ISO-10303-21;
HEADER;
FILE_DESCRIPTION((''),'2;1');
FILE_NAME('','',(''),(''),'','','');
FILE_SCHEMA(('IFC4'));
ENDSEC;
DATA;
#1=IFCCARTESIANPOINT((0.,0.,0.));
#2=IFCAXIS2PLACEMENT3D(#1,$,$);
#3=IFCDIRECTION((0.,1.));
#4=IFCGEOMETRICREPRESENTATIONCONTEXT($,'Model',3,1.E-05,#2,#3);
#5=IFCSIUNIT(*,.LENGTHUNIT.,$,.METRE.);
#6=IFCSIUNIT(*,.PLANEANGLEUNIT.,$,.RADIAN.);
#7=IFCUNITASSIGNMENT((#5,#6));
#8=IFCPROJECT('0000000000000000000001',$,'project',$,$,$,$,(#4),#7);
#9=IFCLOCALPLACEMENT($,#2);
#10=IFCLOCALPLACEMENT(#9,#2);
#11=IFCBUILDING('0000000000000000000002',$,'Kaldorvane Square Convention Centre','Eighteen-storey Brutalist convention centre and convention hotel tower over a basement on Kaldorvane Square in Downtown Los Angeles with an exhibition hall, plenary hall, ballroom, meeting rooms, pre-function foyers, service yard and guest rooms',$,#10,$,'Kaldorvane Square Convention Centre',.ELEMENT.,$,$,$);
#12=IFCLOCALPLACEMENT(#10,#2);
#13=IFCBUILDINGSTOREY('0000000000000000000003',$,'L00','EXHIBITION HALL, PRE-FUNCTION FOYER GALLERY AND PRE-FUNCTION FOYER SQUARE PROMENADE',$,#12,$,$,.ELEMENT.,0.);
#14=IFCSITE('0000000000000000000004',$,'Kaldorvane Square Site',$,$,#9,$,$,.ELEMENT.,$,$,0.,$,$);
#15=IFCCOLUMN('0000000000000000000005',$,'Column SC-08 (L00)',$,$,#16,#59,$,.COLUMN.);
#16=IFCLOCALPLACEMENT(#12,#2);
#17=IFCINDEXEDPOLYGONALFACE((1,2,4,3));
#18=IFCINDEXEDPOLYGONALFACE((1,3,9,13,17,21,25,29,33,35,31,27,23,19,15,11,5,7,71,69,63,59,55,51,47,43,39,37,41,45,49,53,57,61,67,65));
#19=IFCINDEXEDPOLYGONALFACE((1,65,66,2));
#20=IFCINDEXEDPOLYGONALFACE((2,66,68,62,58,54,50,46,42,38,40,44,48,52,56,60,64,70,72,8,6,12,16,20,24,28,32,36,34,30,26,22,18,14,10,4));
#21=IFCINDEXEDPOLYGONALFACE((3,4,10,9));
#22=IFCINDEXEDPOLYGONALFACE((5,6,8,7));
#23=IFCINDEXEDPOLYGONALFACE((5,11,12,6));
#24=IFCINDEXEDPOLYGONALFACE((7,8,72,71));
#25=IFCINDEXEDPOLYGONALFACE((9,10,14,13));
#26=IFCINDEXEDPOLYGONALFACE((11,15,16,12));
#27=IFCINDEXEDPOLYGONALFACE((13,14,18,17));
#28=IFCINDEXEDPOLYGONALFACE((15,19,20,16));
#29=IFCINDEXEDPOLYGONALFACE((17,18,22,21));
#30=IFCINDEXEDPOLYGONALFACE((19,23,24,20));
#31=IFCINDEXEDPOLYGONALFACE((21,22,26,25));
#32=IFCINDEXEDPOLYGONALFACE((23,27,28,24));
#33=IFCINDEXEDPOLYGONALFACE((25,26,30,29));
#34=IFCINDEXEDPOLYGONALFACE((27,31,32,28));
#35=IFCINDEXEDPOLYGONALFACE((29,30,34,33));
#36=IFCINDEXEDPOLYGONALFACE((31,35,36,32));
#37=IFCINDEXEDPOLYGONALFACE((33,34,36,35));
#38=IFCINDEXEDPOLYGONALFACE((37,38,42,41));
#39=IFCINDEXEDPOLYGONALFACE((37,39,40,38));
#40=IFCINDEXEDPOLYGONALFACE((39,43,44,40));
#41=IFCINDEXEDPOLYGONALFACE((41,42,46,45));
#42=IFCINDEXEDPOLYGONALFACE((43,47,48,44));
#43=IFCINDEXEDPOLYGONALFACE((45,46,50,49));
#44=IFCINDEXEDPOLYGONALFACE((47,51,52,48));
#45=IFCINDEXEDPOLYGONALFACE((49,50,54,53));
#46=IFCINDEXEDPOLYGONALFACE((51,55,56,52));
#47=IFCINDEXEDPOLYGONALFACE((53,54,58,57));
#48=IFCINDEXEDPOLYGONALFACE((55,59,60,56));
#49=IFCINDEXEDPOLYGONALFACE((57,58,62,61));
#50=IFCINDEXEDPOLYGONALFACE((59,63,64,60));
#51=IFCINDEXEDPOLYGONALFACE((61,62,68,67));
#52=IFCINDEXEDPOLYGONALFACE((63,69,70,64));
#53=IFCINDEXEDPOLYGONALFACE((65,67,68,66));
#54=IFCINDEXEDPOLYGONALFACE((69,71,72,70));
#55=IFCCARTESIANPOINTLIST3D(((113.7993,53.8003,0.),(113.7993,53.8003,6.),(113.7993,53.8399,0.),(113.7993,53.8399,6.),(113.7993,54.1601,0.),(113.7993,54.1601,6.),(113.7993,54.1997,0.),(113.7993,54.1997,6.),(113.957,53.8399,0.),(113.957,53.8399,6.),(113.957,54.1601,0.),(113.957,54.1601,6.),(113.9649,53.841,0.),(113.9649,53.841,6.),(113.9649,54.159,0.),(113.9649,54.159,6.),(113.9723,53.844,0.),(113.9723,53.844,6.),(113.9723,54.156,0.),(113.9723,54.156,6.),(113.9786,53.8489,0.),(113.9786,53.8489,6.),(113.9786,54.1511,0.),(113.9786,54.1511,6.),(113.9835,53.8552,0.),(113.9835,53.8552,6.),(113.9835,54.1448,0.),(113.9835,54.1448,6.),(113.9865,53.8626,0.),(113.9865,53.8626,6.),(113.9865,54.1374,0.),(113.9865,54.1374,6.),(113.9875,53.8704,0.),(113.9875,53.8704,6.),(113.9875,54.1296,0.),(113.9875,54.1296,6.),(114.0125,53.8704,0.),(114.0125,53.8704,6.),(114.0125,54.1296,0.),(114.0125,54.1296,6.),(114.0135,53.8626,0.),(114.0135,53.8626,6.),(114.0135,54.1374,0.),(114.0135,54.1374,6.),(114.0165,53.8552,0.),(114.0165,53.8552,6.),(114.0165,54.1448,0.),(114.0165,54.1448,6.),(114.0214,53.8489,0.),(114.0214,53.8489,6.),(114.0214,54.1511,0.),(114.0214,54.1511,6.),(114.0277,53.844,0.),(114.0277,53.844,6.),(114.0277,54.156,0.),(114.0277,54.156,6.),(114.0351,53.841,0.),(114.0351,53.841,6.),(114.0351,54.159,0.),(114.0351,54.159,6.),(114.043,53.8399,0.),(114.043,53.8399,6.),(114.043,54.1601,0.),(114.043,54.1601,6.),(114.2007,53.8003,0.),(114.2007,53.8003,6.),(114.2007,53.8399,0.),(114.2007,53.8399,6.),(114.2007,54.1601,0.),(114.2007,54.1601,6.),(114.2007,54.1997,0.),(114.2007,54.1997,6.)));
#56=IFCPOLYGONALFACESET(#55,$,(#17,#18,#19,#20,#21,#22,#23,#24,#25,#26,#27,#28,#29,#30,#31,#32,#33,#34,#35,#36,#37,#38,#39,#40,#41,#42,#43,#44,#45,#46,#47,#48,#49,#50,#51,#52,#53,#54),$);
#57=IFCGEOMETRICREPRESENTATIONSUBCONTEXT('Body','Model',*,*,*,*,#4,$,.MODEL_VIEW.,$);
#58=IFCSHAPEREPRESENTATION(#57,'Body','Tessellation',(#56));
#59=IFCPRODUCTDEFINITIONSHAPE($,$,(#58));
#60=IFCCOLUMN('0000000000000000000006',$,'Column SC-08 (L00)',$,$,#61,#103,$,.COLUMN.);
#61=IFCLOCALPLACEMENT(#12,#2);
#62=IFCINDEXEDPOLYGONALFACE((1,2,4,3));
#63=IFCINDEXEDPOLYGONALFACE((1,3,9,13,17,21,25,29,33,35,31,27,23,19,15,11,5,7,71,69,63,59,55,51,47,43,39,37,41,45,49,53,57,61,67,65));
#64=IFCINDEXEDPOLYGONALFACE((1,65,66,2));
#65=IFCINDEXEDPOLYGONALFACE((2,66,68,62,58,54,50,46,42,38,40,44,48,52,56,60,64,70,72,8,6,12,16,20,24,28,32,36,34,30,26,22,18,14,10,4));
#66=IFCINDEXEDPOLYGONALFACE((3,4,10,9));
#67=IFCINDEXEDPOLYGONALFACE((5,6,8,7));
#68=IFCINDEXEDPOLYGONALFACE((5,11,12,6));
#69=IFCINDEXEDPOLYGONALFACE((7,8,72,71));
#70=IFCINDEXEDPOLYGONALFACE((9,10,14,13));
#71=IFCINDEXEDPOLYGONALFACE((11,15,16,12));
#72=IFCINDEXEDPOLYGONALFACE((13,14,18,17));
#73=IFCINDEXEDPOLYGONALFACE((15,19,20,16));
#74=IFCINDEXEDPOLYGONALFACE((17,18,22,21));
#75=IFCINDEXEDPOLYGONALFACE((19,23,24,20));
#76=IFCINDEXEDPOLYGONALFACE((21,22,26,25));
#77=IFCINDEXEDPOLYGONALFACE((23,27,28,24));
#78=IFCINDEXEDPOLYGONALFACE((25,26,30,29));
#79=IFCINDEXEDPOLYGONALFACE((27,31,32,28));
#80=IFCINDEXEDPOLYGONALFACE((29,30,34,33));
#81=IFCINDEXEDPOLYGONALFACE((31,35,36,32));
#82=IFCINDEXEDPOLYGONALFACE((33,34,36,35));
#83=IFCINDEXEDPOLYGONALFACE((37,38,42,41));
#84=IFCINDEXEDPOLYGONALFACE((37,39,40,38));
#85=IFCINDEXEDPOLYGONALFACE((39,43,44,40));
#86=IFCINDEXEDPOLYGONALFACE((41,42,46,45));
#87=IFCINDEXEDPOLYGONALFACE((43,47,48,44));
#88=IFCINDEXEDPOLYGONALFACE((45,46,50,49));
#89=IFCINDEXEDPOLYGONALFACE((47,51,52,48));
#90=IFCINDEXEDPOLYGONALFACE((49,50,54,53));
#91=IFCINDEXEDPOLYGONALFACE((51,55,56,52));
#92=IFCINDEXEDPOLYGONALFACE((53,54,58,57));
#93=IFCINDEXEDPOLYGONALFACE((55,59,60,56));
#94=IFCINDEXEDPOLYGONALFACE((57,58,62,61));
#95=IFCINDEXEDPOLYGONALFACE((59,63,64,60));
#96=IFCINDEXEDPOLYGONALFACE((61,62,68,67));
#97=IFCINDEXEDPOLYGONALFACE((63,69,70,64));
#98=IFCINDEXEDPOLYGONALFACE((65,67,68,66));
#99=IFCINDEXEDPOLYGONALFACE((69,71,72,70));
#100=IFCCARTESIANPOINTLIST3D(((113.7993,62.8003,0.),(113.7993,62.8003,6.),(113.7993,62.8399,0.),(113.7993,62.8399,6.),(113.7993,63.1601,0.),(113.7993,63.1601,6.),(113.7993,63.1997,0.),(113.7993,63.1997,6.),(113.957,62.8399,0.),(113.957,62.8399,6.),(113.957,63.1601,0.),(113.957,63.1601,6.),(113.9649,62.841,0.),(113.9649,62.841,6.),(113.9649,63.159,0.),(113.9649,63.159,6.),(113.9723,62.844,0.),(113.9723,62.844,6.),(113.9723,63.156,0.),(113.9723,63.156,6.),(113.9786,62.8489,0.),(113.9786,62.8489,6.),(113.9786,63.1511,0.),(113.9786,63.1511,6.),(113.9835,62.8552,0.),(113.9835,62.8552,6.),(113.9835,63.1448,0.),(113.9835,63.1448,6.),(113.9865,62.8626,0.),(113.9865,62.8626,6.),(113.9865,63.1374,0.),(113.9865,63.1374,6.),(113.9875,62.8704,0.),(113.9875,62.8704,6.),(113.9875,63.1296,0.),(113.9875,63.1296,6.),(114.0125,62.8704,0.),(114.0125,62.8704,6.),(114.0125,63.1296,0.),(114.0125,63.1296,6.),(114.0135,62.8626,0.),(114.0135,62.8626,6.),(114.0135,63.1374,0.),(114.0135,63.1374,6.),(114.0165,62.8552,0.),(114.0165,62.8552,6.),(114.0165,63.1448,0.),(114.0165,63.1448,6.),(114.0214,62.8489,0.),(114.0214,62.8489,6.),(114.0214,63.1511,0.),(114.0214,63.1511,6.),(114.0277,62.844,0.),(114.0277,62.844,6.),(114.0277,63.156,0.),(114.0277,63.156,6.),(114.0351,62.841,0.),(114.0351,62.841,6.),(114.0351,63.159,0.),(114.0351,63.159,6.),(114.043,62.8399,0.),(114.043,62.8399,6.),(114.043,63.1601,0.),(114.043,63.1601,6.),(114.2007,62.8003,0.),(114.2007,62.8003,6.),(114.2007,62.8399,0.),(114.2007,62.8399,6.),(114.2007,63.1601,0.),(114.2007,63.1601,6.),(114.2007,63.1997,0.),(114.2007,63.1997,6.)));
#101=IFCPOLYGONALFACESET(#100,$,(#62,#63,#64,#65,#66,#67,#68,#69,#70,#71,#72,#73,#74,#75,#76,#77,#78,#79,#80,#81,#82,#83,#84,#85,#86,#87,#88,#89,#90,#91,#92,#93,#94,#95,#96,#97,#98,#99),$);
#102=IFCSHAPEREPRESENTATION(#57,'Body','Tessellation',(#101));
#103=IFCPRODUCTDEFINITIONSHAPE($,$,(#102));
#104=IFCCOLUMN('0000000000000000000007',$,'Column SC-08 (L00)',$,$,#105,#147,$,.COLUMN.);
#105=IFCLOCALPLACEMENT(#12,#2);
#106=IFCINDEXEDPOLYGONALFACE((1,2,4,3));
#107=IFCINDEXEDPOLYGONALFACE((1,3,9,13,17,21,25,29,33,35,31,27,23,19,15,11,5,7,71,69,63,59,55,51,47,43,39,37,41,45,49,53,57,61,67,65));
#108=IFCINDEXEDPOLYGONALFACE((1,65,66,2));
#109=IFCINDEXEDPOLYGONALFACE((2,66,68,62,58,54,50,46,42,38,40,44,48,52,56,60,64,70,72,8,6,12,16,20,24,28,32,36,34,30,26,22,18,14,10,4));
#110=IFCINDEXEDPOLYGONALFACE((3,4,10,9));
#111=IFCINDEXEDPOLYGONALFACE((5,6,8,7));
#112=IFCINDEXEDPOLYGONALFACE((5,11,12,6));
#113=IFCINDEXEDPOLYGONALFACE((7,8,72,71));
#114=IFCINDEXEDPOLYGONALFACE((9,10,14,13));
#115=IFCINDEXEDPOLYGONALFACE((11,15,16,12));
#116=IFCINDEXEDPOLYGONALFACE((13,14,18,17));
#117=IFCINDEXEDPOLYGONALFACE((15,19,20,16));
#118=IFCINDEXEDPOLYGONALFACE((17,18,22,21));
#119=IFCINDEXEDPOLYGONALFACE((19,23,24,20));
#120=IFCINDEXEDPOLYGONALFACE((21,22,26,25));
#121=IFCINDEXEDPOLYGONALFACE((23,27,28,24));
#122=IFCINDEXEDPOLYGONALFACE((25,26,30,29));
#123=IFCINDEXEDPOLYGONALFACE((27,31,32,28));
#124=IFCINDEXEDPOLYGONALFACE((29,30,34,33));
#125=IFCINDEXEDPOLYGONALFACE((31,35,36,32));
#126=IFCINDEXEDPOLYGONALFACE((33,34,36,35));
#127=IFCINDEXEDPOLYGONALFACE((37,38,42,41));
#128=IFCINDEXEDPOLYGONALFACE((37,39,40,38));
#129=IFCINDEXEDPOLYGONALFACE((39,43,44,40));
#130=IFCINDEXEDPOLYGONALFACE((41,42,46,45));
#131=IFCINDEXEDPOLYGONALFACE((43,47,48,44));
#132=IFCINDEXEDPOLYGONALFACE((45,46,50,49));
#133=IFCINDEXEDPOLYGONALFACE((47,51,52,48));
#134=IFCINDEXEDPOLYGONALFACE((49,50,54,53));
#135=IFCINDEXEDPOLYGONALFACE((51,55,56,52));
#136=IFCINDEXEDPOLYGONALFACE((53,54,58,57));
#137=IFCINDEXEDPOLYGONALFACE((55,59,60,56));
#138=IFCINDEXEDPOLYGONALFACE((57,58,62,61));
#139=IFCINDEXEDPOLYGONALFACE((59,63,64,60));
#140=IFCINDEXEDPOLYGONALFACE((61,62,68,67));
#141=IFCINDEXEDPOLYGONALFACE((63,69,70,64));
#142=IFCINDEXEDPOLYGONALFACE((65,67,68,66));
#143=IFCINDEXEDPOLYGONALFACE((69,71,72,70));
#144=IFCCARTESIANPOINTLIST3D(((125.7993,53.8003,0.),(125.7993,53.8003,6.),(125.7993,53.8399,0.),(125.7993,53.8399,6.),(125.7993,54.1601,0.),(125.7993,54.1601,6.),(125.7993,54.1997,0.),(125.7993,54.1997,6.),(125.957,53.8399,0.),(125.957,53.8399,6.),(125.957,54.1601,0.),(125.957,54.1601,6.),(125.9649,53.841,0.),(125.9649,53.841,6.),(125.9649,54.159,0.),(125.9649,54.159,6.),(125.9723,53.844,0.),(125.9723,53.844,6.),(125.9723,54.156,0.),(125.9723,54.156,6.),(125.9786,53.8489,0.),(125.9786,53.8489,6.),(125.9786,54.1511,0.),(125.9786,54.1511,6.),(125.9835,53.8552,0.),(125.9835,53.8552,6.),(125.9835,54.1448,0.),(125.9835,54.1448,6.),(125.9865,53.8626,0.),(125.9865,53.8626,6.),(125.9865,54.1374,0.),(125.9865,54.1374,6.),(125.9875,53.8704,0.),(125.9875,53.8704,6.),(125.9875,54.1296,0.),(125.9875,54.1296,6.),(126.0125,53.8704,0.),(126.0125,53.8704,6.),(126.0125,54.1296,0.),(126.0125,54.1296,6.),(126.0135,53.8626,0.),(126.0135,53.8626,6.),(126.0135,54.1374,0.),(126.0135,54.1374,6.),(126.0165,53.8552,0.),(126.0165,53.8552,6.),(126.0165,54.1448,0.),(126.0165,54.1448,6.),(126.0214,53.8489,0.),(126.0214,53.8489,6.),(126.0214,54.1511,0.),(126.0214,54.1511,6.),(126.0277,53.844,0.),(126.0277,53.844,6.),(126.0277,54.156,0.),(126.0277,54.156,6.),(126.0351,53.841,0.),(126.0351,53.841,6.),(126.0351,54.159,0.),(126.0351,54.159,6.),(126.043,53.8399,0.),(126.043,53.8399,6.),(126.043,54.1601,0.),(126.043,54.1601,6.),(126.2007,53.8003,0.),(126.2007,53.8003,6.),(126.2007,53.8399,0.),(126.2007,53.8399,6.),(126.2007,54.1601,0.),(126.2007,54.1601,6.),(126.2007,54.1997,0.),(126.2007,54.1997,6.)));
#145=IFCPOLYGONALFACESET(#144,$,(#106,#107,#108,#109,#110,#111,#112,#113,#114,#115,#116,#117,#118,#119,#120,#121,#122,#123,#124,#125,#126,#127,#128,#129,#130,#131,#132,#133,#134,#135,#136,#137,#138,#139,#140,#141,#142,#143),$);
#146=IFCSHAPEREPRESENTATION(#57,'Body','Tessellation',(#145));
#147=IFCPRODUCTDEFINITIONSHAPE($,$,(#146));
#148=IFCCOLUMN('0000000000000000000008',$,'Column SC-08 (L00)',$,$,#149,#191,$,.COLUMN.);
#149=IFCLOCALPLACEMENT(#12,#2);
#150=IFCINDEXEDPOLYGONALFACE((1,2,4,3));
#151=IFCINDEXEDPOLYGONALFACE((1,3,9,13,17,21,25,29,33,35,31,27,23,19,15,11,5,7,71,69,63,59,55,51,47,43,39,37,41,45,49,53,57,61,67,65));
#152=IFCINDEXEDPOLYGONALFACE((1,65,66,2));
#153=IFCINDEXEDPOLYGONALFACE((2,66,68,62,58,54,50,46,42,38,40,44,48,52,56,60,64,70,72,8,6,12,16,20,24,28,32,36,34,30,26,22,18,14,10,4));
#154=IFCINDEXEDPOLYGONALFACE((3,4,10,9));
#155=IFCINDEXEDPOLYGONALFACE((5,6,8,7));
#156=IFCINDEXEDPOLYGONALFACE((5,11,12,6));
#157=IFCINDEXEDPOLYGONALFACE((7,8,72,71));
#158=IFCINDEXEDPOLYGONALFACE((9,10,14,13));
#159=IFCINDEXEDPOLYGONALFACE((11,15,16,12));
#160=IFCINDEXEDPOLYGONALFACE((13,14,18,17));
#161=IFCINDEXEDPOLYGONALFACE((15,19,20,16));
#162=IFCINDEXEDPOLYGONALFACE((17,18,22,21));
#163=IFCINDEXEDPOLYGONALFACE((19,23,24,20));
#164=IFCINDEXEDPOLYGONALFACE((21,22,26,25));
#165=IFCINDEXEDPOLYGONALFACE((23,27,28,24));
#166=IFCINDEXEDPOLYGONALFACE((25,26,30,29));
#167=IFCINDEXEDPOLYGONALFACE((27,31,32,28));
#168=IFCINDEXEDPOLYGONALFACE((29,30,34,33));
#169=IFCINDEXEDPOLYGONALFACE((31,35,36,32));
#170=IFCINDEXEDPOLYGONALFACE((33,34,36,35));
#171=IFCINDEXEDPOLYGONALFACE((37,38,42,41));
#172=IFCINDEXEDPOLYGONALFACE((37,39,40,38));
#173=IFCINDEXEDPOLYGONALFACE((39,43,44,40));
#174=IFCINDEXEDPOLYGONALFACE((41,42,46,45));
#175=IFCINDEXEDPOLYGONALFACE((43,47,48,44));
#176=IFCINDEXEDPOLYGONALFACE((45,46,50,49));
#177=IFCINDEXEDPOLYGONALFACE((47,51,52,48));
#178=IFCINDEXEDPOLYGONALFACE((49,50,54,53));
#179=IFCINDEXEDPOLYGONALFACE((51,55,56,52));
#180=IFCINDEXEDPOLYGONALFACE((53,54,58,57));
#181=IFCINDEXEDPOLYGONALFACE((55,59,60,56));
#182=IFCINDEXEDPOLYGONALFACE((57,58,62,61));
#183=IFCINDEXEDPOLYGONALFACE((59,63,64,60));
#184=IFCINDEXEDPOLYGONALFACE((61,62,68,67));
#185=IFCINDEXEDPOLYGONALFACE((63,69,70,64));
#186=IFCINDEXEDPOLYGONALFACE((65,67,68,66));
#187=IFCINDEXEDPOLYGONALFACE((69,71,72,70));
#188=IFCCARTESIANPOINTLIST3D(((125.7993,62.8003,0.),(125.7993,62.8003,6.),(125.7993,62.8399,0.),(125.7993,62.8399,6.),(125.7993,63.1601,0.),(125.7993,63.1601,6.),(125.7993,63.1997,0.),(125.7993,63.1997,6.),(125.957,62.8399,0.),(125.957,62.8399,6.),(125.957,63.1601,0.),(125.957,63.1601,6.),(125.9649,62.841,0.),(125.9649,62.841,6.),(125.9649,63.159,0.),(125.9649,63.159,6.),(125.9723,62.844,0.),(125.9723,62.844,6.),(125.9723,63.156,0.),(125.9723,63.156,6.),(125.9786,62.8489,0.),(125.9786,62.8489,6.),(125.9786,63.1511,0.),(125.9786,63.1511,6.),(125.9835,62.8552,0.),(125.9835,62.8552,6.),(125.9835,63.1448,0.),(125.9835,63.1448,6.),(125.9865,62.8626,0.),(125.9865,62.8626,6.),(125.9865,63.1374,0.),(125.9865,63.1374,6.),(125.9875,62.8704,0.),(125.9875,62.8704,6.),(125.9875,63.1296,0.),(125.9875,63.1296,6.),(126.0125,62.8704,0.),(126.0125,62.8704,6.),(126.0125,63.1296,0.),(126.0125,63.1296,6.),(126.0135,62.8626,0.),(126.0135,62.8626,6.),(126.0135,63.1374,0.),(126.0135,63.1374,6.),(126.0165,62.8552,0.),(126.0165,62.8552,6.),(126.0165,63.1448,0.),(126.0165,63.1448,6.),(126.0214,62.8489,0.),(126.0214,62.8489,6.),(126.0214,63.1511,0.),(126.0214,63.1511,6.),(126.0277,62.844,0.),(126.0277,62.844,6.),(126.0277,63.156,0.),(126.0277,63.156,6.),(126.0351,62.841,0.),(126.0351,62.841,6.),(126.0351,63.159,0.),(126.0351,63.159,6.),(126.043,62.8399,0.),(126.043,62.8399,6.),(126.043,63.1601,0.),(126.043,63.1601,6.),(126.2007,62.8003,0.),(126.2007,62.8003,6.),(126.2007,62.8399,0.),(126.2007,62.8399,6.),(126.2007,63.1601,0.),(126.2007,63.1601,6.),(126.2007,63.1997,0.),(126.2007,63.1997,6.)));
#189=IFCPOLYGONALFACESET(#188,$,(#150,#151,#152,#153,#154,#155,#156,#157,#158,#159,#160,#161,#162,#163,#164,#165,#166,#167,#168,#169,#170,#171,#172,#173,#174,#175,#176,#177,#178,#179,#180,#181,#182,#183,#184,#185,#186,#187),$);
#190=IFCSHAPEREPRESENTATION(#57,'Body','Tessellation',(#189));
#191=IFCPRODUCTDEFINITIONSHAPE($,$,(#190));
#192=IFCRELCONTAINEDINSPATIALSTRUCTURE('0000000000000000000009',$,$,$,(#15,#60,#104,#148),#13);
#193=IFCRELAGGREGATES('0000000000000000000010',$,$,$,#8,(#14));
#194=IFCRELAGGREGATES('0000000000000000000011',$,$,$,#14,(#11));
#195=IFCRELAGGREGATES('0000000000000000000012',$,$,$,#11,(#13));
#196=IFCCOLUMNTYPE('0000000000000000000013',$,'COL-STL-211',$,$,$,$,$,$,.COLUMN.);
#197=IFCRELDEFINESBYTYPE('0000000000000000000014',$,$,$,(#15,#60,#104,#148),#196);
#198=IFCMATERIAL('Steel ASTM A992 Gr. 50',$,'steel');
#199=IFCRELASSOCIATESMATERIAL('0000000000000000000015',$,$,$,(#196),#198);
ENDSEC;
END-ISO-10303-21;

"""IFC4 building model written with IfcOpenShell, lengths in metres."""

from ifc_helpers import new_model, si_unit, direction, frame, origin, origin_2d, place, context, subcontext, project, spatial, i_section, extrude, material, material_profile, profile_set, type_object, element, save


model = new_model("IFC4")

# Units and contexts
model_context = context("Model", 3, precision=1e-05, world=origin(), true_north=direction((0.0, 1.0)))
body_context = subcontext(model_context, "Body", "Model", "MODEL_VIEW")
ifc_project = project(units=[si_unit("LENGTHUNIT", "METRE"), si_unit("PLANEANGLEUNIT", "RADIAN")], contexts=[model_context])

# Site, building, storey
site_placement = place(None, origin())
site = spatial("IfcSite", under=ifc_project, at=site_placement, Name="Kaldorvane Square Site", CompositionType="ELEMENT", RefElevation=0.0)
building_placement = place(site_placement, origin())
building = spatial("IfcBuilding", under=site, at=building_placement, Name="Kaldorvane Square Convention Centre", Description="Eighteen-storey Brutalist convention centre and convention hotel tower over a basement on Kaldorvane Square in Downtown Los Angeles with an exhibition hall, plenary hall, ballroom, meeting rooms, pre-function foyers, service yard and guest rooms", LongName="Kaldorvane Square Convention Centre", CompositionType="ELEMENT")
storey_placement = place(building_placement, origin())
storey = spatial("IfcBuildingStorey", under=building, at=storey_placement, Name="L00", Description="EXHIBITION HALL, PRE-FUNCTION FOYER GALLERY AND PRE-FUNCTION FOYER SQUARE PROMENADE", CompositionType="ELEMENT", Elevation=0.0)

# Columns
ifc_material_1 = material(Name="Steel ASTM A992 Gr. 50", Category="steel")
ifc_material_profile_1 = material_profile(ifc_material_1, i_section(OverallWidth=0.4013, OverallDepth=0.3993, WebThickness=0.0249, FlangeThickness=0.0396, FilletRadius=0.0305, at=origin_2d()), Name="W14X211")
ifc_profile_set_1 = profile_set([ifc_material_profile_1], Name="Steel ASTM A992 Gr. 50")
column_type = type_object("IfcColumnType", Name="COL-STL-211", PredefinedType="COLUMN", material=ifc_profile_set_1)
for number, where, z_axis, x_axis, name in (
    (1, (114.0, 54.0, 0.0), (0.0, 0.0, 1.0), (1.0, 0.0, 0.0), "Column SC-08 (L00)"),
    (2, (114.0, 63.0, 0.0), (0.0, 0.0, 1.0), (1.0, 0.0, 0.0), "Column SC-08 (L00)"),
    (3, (126.0, 54.0, 0.0), (0.0, 0.0, 1.0), (1.0, 0.0, 0.0), "Column SC-08 (L00)"),
    (4, (126.0, 63.0, 0.0), (0.0, 0.0, 1.0), (1.0, 0.0, 0.0), "Column SC-08 (L00)"),
):
    element("IfcColumn", number, at=place(storey_placement, frame(where, z_axis=z_axis, x_axis=x_axis)), inside=storey, type_object=column_type, Name=name, PredefinedType="COLUMN", context=body_context, shape_type="SweptSolid", body=[
        extrude(i_section(OverallWidth=0.4013, OverallDepth=0.3993, WebThickness=0.0249, FlangeThickness=0.0396, FilletRadius=0.0305, at=origin_2d()), origin(), (0.0, 0.0, 1.0), 6.0),
    ])

save(model, "model.ifc")
